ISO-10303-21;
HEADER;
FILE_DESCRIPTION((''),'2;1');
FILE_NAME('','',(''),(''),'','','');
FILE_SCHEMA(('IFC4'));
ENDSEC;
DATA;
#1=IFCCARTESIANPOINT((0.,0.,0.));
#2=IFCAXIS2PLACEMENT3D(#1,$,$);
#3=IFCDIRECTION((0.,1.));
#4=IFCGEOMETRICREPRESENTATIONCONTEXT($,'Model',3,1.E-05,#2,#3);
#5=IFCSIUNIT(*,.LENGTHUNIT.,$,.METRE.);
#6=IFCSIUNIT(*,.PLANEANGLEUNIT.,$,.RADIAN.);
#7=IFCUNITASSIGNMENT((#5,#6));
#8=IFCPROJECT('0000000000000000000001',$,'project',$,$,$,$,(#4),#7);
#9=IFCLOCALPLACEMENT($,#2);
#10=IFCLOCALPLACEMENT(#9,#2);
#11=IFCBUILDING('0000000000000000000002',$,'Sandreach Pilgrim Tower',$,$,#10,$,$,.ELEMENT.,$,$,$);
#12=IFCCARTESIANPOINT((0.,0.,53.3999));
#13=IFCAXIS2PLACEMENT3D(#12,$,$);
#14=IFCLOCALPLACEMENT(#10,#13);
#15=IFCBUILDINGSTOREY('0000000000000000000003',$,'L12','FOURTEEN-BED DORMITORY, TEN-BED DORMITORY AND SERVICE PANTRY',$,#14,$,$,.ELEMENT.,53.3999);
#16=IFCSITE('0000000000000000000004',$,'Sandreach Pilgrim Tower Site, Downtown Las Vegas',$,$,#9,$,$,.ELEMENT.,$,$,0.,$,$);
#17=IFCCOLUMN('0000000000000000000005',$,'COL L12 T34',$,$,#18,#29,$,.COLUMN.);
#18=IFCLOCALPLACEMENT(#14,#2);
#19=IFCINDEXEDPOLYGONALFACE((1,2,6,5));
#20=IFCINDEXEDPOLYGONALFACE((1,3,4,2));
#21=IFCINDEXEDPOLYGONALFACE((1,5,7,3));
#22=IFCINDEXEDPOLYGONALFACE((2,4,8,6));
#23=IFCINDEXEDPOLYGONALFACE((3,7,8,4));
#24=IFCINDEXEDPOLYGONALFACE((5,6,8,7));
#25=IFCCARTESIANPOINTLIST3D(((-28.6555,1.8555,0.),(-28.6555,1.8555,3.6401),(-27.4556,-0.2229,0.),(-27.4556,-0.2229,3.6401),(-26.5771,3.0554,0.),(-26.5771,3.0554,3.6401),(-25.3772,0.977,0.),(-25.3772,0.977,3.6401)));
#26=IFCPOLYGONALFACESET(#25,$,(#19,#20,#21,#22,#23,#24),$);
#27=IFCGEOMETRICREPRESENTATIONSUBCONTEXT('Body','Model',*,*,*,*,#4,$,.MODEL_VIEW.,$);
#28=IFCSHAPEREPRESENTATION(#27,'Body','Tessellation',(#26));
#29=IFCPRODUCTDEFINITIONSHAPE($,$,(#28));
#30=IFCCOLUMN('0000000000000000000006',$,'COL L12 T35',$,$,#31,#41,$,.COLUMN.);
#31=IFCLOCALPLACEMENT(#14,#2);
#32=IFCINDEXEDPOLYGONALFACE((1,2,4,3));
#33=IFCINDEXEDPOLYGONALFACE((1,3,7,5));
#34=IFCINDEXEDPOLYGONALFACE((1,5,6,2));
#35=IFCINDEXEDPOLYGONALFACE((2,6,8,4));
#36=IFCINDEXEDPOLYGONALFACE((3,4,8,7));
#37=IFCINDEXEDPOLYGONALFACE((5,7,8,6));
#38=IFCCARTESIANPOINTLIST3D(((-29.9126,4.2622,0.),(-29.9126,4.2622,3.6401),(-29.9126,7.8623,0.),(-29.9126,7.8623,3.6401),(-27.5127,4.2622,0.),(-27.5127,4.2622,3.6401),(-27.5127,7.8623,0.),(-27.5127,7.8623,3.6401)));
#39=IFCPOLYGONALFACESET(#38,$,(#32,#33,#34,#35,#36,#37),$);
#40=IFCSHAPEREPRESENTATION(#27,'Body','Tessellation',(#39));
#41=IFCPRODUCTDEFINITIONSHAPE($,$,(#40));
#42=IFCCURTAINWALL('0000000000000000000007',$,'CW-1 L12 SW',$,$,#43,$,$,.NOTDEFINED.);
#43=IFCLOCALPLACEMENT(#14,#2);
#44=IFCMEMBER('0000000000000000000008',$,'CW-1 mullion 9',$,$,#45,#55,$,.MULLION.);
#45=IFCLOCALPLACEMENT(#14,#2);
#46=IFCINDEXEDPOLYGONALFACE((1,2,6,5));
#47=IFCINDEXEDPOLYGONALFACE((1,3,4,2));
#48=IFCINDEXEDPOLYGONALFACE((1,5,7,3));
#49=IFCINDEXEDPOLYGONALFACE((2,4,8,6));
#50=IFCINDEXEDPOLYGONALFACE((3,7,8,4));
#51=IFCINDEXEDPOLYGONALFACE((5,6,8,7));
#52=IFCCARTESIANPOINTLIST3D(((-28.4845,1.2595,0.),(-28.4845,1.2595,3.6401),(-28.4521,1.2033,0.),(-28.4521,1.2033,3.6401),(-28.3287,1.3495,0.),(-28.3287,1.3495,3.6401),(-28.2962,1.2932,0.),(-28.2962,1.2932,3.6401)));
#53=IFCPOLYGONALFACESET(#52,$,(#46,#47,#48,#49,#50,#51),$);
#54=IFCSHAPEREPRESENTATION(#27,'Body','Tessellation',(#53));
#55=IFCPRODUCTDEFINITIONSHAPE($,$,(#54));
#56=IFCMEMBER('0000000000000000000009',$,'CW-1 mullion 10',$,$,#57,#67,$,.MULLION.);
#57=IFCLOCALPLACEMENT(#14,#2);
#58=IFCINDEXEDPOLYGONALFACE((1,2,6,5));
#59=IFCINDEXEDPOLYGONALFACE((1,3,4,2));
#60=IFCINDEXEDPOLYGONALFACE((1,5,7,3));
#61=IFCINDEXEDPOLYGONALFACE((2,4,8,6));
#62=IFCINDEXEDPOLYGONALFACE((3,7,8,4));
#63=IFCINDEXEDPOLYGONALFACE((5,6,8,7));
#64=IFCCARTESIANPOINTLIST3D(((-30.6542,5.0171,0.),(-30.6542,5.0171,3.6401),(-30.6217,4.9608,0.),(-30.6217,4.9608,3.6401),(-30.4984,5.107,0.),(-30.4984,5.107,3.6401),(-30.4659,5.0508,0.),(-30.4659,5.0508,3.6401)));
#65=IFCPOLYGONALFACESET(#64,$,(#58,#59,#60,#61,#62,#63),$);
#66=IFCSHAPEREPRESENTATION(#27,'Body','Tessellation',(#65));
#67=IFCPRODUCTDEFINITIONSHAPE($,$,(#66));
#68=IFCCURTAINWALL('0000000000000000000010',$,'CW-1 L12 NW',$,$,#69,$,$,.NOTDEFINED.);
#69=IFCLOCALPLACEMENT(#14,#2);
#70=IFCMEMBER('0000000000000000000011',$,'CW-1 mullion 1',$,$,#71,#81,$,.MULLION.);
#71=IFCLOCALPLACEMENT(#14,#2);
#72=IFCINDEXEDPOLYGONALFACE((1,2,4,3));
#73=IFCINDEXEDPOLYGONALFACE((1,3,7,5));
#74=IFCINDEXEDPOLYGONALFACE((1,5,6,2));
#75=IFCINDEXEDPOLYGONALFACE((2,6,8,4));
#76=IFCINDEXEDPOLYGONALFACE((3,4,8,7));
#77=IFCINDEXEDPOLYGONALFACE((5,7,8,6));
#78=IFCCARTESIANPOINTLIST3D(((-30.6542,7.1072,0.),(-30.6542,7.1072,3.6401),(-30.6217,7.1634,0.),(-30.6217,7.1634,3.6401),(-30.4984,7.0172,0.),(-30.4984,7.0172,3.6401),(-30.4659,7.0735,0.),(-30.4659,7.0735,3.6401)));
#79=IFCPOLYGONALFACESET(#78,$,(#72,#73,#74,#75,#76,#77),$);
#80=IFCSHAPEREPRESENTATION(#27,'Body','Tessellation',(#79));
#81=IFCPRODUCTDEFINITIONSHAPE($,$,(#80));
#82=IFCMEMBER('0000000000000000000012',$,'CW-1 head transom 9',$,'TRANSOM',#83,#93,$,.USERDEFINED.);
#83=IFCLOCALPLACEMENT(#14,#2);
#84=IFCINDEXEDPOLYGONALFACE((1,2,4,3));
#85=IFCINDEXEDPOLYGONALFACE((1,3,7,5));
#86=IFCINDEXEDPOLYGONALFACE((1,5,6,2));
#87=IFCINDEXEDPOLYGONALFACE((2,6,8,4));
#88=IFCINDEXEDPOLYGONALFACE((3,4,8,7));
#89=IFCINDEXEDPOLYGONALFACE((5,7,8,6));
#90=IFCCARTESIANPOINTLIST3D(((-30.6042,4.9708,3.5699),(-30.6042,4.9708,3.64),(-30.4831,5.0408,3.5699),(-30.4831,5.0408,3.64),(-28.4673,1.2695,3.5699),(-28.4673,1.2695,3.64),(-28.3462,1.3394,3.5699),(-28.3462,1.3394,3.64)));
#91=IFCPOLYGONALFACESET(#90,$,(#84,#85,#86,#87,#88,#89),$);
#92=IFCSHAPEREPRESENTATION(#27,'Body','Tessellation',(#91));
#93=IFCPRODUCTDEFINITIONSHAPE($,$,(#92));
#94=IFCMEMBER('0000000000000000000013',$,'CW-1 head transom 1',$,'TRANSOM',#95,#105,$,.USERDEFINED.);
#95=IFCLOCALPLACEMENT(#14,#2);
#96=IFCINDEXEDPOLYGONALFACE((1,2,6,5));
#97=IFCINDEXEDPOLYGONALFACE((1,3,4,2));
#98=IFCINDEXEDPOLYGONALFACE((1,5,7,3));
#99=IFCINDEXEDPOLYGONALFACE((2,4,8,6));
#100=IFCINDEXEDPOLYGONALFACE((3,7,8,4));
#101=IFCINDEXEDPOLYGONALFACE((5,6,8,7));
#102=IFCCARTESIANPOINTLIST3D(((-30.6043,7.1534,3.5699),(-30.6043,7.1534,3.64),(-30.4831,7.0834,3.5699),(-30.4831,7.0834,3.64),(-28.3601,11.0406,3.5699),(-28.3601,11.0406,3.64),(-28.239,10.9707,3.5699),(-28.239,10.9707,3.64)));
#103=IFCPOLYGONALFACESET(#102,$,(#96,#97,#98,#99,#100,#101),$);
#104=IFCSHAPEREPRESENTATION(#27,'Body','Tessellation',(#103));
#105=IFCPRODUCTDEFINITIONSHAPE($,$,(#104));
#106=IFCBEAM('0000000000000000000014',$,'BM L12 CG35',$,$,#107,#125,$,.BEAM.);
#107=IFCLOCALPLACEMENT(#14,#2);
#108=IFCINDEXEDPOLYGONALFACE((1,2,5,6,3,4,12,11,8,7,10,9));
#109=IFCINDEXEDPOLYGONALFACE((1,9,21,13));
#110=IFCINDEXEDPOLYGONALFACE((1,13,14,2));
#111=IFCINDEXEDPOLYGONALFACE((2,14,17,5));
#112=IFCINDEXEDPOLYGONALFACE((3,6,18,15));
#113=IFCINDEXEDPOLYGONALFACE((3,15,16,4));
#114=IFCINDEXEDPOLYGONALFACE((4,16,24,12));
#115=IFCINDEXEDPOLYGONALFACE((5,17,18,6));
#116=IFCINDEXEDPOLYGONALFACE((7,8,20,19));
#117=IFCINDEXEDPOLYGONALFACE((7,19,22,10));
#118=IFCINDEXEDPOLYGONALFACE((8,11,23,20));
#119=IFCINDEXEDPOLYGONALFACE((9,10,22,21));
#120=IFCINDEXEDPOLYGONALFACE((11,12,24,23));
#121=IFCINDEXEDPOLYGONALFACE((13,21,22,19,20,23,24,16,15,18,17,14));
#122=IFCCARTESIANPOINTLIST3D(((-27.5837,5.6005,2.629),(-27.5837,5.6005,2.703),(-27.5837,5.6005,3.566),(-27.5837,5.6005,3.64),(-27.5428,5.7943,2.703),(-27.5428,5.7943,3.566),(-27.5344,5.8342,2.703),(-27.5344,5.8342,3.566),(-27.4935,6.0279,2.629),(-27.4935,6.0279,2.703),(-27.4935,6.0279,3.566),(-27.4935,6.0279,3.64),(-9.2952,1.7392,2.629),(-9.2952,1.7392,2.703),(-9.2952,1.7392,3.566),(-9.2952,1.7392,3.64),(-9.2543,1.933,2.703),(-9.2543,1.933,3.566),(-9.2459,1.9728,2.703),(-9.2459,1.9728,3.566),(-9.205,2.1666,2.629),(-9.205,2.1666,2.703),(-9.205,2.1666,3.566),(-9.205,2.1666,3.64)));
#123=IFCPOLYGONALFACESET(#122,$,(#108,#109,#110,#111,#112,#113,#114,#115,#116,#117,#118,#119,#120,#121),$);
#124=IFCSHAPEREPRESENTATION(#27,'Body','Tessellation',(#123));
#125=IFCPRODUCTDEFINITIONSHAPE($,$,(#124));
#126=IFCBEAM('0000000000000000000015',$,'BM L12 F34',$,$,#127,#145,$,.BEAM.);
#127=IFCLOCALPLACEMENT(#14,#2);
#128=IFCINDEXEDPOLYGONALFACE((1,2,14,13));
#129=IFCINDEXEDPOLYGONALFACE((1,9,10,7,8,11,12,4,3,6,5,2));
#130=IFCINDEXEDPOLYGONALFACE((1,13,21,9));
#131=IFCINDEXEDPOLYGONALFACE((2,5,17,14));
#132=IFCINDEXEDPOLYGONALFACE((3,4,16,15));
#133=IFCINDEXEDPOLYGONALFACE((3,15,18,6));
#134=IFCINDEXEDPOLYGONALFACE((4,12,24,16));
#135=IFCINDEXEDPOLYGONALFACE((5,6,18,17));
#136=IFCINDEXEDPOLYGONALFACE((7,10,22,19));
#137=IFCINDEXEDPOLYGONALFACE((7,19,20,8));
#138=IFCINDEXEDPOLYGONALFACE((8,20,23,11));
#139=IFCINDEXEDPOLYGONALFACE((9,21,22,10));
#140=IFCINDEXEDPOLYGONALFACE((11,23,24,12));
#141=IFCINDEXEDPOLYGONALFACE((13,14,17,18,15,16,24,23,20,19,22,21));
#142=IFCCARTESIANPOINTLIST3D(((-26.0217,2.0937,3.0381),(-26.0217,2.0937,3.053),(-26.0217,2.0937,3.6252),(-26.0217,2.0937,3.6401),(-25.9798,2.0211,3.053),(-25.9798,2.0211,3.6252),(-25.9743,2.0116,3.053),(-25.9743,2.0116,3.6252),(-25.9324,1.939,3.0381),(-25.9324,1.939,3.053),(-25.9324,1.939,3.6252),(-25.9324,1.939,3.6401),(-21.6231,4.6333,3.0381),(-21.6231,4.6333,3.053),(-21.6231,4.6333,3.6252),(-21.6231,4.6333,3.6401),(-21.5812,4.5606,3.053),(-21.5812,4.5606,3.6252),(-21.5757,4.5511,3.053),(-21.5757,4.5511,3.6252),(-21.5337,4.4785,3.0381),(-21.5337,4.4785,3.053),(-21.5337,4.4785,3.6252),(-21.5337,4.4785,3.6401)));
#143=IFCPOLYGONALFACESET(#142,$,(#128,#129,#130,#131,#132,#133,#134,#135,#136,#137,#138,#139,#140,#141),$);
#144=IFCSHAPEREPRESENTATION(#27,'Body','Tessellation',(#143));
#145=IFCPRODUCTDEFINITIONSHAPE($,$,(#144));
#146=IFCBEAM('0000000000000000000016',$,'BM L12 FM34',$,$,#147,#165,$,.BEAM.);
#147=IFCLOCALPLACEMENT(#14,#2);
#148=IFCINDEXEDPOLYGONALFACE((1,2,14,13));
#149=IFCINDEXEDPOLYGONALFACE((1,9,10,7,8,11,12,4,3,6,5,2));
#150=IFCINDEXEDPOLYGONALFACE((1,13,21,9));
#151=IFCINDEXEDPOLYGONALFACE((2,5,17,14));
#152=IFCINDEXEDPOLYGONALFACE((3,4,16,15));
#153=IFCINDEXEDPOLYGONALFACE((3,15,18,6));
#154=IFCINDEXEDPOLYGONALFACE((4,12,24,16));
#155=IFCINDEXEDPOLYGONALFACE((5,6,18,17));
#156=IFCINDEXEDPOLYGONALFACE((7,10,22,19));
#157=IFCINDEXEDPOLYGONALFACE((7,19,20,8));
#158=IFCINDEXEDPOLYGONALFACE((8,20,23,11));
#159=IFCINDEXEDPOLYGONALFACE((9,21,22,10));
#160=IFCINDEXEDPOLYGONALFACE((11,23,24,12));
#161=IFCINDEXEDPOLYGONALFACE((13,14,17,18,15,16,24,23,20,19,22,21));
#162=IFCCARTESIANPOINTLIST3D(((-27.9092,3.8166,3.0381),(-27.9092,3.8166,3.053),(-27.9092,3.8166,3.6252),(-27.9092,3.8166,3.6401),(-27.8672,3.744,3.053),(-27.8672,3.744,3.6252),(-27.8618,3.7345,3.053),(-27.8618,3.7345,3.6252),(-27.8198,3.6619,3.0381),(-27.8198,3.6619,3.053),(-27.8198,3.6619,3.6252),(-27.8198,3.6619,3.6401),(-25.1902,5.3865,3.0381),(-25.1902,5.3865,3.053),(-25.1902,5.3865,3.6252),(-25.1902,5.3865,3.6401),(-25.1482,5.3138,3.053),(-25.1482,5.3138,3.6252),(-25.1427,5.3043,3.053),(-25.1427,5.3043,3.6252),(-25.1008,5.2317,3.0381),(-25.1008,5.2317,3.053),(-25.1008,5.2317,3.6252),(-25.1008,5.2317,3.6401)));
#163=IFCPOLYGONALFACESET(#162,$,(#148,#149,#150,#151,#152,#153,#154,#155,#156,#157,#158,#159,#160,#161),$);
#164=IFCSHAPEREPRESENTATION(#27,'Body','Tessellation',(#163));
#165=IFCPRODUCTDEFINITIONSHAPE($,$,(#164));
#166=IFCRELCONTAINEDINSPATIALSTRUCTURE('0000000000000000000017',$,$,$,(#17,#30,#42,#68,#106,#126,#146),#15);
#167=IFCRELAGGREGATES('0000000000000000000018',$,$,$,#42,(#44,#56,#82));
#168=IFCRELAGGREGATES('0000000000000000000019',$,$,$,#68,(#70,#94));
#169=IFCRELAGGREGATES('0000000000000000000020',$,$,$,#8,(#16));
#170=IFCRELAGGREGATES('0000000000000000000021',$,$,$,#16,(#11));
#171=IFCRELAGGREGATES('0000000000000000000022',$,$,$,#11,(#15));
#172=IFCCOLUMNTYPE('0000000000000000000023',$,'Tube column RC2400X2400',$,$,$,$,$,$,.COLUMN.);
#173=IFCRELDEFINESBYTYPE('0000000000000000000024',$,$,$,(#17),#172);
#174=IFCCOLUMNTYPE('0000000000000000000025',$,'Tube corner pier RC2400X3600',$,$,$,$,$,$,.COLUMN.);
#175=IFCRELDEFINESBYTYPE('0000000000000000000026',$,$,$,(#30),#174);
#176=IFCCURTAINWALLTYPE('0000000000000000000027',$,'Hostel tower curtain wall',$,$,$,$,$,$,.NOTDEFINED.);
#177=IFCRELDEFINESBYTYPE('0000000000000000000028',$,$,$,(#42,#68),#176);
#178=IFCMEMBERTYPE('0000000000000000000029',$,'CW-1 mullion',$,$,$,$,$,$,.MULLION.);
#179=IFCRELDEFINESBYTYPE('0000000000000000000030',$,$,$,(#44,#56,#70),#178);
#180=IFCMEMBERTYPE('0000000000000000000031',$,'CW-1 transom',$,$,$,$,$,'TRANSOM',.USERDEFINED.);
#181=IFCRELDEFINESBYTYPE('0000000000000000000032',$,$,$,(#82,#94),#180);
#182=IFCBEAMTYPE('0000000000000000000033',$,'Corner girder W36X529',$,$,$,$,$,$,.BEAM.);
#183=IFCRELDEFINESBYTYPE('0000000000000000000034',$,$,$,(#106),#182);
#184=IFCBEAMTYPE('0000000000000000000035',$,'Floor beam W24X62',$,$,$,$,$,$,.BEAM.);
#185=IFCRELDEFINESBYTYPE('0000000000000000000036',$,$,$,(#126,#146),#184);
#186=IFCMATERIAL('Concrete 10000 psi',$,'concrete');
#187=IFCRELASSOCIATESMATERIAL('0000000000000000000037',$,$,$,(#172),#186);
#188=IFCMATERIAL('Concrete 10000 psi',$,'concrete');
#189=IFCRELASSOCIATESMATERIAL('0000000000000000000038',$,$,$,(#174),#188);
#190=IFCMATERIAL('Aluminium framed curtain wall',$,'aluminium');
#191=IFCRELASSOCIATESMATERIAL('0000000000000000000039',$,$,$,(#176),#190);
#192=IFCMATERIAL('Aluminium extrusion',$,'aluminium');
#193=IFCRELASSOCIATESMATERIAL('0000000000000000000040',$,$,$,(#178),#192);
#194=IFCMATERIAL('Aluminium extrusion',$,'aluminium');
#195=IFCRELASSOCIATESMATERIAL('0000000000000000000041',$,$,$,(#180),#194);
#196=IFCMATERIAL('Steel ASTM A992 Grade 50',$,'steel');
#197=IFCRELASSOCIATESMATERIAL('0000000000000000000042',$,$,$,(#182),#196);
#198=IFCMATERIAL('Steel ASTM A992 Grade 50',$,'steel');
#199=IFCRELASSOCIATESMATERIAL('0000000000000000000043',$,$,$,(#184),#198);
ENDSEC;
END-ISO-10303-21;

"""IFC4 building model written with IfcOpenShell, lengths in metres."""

from ifc_helpers import new_model, si_unit, direction, frame, origin, origin_2d, place, context, subcontext, project, spatial, rectangle, i_section, extrude, clip, halfspace, material, material_profile, profile_set, type_object, element, aggregate, save


model = new_model("IFC4")

# Units and contexts
model_context = context("Model", 3, precision=1e-05, world=origin(), true_north=direction((0.0, 1.0)))
body_context = subcontext(model_context, "Body", "Model", "MODEL_VIEW")
ifc_project = project(units=[si_unit("LENGTHUNIT", "METRE"), si_unit("PLANEANGLEUNIT", "RADIAN")], contexts=[model_context])

# Site, building, storey
site_placement = place(None, origin())
site = spatial("IfcSite", under=ifc_project, at=site_placement, Name="Sandreach Pilgrim Tower Site, Downtown Las Vegas", CompositionType="ELEMENT", RefElevation=0.0)
building_placement = place(site_placement, origin())
building = spatial("IfcBuilding", under=site, at=building_placement, Name="Sandreach Pilgrim Tower", CompositionType="ELEMENT")
storey_placement = place(building_placement, frame((0.0, 0.0, 53.3999)))
storey = spatial("IfcBuildingStorey", under=building, at=storey_placement, Name="L12", Description="FOURTEEN-BED DORMITORY, TEN-BED DORMITORY AND SERVICE PANTRY", CompositionType="ELEMENT", Elevation=53.3999)

# Columns
ifc_material_1 = material(Name="Concrete 10000 psi", Category="concrete")
ifc_material_profile_1 = material_profile(ifc_material_1, rectangle(XDim=2.3999, YDim=2.3999, at=origin_2d()), Name="RC2400X2400")
ifc_profile_set_1 = profile_set([ifc_material_profile_1], Name="Concrete 10000 psi")
column_type_1 = type_object("IfcColumnType", Name="Tube column RC2400X2400", PredefinedType="COLUMN", material=ifc_profile_set_1)
column_1_placement = place(storey_placement, frame((-27.0164, 1.4163, 0.0), z_axis=(0.0, 0.0, 1.0), x_axis=(-0.866025, -0.5, 0.0)))
element("IfcColumn", 1, at=column_1_placement, inside=storey, type_object=column_type_1, Name="COL L12 T34", PredefinedType="COLUMN", context=body_context, shape_type="SweptSolid", body=[
    clip(extrude(rectangle(XDim=2.3999, YDim=2.3999, at=origin_2d()), origin(), (0.0, 0.0, 1.0), 3.7275), halfspace(frame((0.0, 0.0, 3.6401)), False)),
])
ifc_material_2 = material(Name="Concrete 10000 psi", Category="concrete")
ifc_material_profile_2 = material_profile(ifc_material_2, rectangle(XDim=2.3999, YDim=3.6001, at=origin_2d()), Name="RC2400X3600")
ifc_profile_set_2 = profile_set([ifc_material_profile_2], Name="Concrete 10000 psi")
column_type_2 = type_object("IfcColumnType", Name="Tube corner pier RC2400X3600", PredefinedType="COLUMN", material=ifc_profile_set_2)
column_2_placement = place(storey_placement, frame((-28.7126, 6.0623, 0.0), z_axis=(0.0, 0.0, 1.0), x_axis=(-1.0, 0.0, 0.0)))
element("IfcColumn", 2, at=column_2_placement, inside=storey, type_object=column_type_2, Name="COL L12 T35", PredefinedType="COLUMN", context=body_context, shape_type="SweptSolid", body=[
    clip(extrude(rectangle(XDim=2.3999, YDim=3.6001, at=origin_2d()), origin(), (0.0, 0.0, 1.0), 3.7261), halfspace(frame((0.0, 0.0, 3.6401)), False)),
])

# Curtain wall, members
ifc_material_3 = material(Name="Aluminium framed curtain wall", Category="aluminium")
curtain_wall_type = type_object("IfcCurtainWallType", Name="Hostel tower curtain wall", PredefinedType="NOTDEFINED", material=ifc_material_3)
curtain_wall_1_placement = place(storey_placement, origin())
curtain_wall_1 = element("IfcCurtainWall", 3, at=curtain_wall_1_placement, inside=storey, type_object=curtain_wall_type, Name="CW-1 L12 SW", PredefinedType="NOTDEFINED")
ifc_material_4 = material(Name="Aluminium extrusion", Category="aluminium")
ifc_material_profile_3 = material_profile(ifc_material_4, rectangle(XDim=0.0649, YDim=0.1799, at=origin_2d()), Name="CW-1M 65X180")
ifc_profile_set_3 = profile_set([ifc_material_profile_3], Name="Aluminium extrusion")
member_type_1 = type_object("IfcMemberType", Name="CW-1 mullion", PredefinedType="MULLION", material=ifc_profile_set_3)
member_1_placement = place(storey_placement, frame((-28.3904, 1.2764, 0.0), z_axis=(0.0, 0.0, 1.0), x_axis=(-0.5, 0.866025, 0.0)))
member_1 = element("IfcMember", 4, at=member_1_placement, type_object=member_type_1, Name="CW-1 mullion 9", PredefinedType="MULLION", context=body_context, shape_type="SweptSolid", body=[
    extrude(rectangle(XDim=0.0649, YDim=0.1799, at=origin_2d()), origin(), (0.0, 0.0, 1.0), 3.6401),
])
member_2_placement = place(storey_placement, frame((-30.5601, 5.0339, 0.0), z_axis=(0.0, 0.0, 1.0), x_axis=(-0.5, 0.866025, 0.0)))
member_2 = element("IfcMember", 5, at=member_2_placement, type_object=member_type_1, Name="CW-1 mullion 10", PredefinedType="MULLION", context=body_context, shape_type="SweptSolid", body=[
    extrude(rectangle(XDim=0.0649, YDim=0.1799, at=origin_2d()), origin(), (0.0, 0.0, 1.0), 3.6401),
])

# Curtain wall, member
curtain_wall_2_placement = place(storey_placement, origin())
curtain_wall_2 = element("IfcCurtainWall", 6, at=curtain_wall_2_placement, inside=storey, type_object=curtain_wall_type, Name="CW-1 L12 NW", PredefinedType="NOTDEFINED")
member_3_placement = place(storey_placement, frame((-30.5601, 7.0903, 0.0), z_axis=(0.0, 0.0, 1.0), x_axis=(0.5, 0.866025, 0.0)))
member_3 = element("IfcMember", 7, at=member_3_placement, type_object=member_type_1, Name="CW-1 mullion 1", PredefinedType="MULLION", context=body_context, shape_type="SweptSolid", body=[
    extrude(rectangle(XDim=0.0649, YDim=0.1799, at=origin_2d()), origin(), (0.0, 0.0, 1.0), 3.6401),
])

# Members
ifc_material_5 = material(Name="Aluminium extrusion", Category="aluminium")
ifc_material_profile_4 = material_profile(ifc_material_5, rectangle(XDim=0.1399, YDim=0.0701, at=origin_2d()), Name="CW-1T 140X70")
ifc_profile_set_4 = profile_set([ifc_material_profile_4], Name="Aluminium extrusion")
member_type_2 = type_object("IfcMemberType", Name="CW-1 transom", ElementType="TRANSOM", PredefinedType="USERDEFINED", material=ifc_profile_set_4)
member_4_placement = place(storey_placement, frame((-28.4067, 1.3044, 3.605), z_axis=(-0.499991, 0.866031, 0.0), x_axis=(-0.866031, -0.499991, 0.0)))
member_4 = element("IfcMember", 8, at=member_4_placement, type_object=member_type_2, Name="CW-1 head transom 9", ObjectType="TRANSOM", PredefinedType="USERDEFINED", context=body_context, shape_type="SweptSolid", body=[
    extrude(rectangle(XDim=0.1399, YDim=0.0701, at=origin_2d()), origin(), (0.0, 0.0, 1.0), 4.2739),
])
member_5_placement = place(storey_placement, frame((-30.5437, 7.1184, 3.605), z_axis=(0.499977, 0.866039, 0.0), x_axis=(-0.866039, 0.499977, 0.0)))
member_5 = element("IfcMember", 9, at=member_5_placement, type_object=member_type_2, Name="CW-1 head transom 1", ObjectType="TRANSOM", PredefinedType="USERDEFINED", context=body_context, shape_type="SweptSolid", body=[
    extrude(rectangle(XDim=0.1399, YDim=0.0701, at=origin_2d()), origin(), (0.0, 0.0, 1.0), 4.4885),
])

# Beams
ifc_material_6 = material(Name="Steel ASTM A992 Grade 50", Category="steel")
ifc_material_profile_5 = material_profile(ifc_material_6, i_section(OverallWidth=0.4368, OverallDepth=1.011, WebThickness=0.0408, FlangeThickness=0.074, at=origin_2d()), Name="W36X529")
ifc_profile_set_5 = profile_set([ifc_material_profile_5], Name="Steel ASTM A992 Grade 50")
beam_type_1 = type_object("IfcBeamType", Name="Corner girder W36X529", PredefinedType="BEAM", material=ifc_profile_set_5)
beam_1_placement = place(storey_placement, frame((-27.5386, 5.8142, 3.1345), z_axis=(0.97843, -0.206579, 0.0), x_axis=(0.206579, 0.97843, 0.0)))
element("IfcBeam", 10, at=beam_1_placement, inside=storey, type_object=beam_type_1, Name="BM L12 CG35", PredefinedType="BEAM", context=body_context, shape_type="SweptSolid", body=[
    extrude(i_section(OverallWidth=0.4368, OverallDepth=1.011, WebThickness=0.0408, FlangeThickness=0.074, at=origin_2d()), origin(), (0.0, 0.0, 1.0), 18.6917),
])
ifc_material_7 = material(Name="Steel ASTM A992 Grade 50", Category="steel")
ifc_material_profile_6 = material_profile(ifc_material_7, i_section(OverallWidth=0.1787, OverallDepth=0.6021, WebThickness=0.011, FlangeThickness=0.0149, at=origin_2d()), Name="W24X62")
ifc_profile_set_6 = profile_set([ifc_material_profile_6], Name="Steel ASTM A992 Grade 50")
beam_type_2 = type_object("IfcBeamType", Name="Floor beam W24X62", PredefinedType="BEAM", material=ifc_profile_set_6)
beam_2_placement = place(storey_placement, frame((-25.9771, 2.0164, 3.3391), z_axis=(0.866028, 0.499996, 0.0), x_axis=(-0.499996, 0.866028, 0.0)))
element("IfcBeam", 11, at=beam_2_placement, inside=storey, type_object=beam_type_2, Name="BM L12 F34", PredefinedType="BEAM", context=body_context, shape_type="SweptSolid", body=[
    extrude(i_section(OverallWidth=0.1787, OverallDepth=0.6021, WebThickness=0.011, FlangeThickness=0.0149, at=origin_2d()), origin(), (0.0, 0.0, 1.0), 5.0791),
])
beam_3_placement = place(storey_placement, frame((-27.8645, 3.7393, 3.3391), z_axis=(0.866024, 0.500003, 0.0), x_axis=(-0.500003, 0.866024, 0.0)))
element("IfcBeam", 12, at=beam_3_placement, inside=storey, type_object=beam_type_2, Name="BM L12 FM34", PredefinedType="BEAM", context=body_context, shape_type="SweptSolid", body=[
    extrude(i_section(OverallWidth=0.1787, OverallDepth=0.6021, WebThickness=0.011, FlangeThickness=0.0149, at=origin_2d()), origin(), (0.0, 0.0, 1.0), 3.1396),
])

aggregate(curtain_wall_1, [member_1, member_2, member_4])
aggregate(curtain_wall_2, [member_3, member_5])

save(model, "model.ifc")
